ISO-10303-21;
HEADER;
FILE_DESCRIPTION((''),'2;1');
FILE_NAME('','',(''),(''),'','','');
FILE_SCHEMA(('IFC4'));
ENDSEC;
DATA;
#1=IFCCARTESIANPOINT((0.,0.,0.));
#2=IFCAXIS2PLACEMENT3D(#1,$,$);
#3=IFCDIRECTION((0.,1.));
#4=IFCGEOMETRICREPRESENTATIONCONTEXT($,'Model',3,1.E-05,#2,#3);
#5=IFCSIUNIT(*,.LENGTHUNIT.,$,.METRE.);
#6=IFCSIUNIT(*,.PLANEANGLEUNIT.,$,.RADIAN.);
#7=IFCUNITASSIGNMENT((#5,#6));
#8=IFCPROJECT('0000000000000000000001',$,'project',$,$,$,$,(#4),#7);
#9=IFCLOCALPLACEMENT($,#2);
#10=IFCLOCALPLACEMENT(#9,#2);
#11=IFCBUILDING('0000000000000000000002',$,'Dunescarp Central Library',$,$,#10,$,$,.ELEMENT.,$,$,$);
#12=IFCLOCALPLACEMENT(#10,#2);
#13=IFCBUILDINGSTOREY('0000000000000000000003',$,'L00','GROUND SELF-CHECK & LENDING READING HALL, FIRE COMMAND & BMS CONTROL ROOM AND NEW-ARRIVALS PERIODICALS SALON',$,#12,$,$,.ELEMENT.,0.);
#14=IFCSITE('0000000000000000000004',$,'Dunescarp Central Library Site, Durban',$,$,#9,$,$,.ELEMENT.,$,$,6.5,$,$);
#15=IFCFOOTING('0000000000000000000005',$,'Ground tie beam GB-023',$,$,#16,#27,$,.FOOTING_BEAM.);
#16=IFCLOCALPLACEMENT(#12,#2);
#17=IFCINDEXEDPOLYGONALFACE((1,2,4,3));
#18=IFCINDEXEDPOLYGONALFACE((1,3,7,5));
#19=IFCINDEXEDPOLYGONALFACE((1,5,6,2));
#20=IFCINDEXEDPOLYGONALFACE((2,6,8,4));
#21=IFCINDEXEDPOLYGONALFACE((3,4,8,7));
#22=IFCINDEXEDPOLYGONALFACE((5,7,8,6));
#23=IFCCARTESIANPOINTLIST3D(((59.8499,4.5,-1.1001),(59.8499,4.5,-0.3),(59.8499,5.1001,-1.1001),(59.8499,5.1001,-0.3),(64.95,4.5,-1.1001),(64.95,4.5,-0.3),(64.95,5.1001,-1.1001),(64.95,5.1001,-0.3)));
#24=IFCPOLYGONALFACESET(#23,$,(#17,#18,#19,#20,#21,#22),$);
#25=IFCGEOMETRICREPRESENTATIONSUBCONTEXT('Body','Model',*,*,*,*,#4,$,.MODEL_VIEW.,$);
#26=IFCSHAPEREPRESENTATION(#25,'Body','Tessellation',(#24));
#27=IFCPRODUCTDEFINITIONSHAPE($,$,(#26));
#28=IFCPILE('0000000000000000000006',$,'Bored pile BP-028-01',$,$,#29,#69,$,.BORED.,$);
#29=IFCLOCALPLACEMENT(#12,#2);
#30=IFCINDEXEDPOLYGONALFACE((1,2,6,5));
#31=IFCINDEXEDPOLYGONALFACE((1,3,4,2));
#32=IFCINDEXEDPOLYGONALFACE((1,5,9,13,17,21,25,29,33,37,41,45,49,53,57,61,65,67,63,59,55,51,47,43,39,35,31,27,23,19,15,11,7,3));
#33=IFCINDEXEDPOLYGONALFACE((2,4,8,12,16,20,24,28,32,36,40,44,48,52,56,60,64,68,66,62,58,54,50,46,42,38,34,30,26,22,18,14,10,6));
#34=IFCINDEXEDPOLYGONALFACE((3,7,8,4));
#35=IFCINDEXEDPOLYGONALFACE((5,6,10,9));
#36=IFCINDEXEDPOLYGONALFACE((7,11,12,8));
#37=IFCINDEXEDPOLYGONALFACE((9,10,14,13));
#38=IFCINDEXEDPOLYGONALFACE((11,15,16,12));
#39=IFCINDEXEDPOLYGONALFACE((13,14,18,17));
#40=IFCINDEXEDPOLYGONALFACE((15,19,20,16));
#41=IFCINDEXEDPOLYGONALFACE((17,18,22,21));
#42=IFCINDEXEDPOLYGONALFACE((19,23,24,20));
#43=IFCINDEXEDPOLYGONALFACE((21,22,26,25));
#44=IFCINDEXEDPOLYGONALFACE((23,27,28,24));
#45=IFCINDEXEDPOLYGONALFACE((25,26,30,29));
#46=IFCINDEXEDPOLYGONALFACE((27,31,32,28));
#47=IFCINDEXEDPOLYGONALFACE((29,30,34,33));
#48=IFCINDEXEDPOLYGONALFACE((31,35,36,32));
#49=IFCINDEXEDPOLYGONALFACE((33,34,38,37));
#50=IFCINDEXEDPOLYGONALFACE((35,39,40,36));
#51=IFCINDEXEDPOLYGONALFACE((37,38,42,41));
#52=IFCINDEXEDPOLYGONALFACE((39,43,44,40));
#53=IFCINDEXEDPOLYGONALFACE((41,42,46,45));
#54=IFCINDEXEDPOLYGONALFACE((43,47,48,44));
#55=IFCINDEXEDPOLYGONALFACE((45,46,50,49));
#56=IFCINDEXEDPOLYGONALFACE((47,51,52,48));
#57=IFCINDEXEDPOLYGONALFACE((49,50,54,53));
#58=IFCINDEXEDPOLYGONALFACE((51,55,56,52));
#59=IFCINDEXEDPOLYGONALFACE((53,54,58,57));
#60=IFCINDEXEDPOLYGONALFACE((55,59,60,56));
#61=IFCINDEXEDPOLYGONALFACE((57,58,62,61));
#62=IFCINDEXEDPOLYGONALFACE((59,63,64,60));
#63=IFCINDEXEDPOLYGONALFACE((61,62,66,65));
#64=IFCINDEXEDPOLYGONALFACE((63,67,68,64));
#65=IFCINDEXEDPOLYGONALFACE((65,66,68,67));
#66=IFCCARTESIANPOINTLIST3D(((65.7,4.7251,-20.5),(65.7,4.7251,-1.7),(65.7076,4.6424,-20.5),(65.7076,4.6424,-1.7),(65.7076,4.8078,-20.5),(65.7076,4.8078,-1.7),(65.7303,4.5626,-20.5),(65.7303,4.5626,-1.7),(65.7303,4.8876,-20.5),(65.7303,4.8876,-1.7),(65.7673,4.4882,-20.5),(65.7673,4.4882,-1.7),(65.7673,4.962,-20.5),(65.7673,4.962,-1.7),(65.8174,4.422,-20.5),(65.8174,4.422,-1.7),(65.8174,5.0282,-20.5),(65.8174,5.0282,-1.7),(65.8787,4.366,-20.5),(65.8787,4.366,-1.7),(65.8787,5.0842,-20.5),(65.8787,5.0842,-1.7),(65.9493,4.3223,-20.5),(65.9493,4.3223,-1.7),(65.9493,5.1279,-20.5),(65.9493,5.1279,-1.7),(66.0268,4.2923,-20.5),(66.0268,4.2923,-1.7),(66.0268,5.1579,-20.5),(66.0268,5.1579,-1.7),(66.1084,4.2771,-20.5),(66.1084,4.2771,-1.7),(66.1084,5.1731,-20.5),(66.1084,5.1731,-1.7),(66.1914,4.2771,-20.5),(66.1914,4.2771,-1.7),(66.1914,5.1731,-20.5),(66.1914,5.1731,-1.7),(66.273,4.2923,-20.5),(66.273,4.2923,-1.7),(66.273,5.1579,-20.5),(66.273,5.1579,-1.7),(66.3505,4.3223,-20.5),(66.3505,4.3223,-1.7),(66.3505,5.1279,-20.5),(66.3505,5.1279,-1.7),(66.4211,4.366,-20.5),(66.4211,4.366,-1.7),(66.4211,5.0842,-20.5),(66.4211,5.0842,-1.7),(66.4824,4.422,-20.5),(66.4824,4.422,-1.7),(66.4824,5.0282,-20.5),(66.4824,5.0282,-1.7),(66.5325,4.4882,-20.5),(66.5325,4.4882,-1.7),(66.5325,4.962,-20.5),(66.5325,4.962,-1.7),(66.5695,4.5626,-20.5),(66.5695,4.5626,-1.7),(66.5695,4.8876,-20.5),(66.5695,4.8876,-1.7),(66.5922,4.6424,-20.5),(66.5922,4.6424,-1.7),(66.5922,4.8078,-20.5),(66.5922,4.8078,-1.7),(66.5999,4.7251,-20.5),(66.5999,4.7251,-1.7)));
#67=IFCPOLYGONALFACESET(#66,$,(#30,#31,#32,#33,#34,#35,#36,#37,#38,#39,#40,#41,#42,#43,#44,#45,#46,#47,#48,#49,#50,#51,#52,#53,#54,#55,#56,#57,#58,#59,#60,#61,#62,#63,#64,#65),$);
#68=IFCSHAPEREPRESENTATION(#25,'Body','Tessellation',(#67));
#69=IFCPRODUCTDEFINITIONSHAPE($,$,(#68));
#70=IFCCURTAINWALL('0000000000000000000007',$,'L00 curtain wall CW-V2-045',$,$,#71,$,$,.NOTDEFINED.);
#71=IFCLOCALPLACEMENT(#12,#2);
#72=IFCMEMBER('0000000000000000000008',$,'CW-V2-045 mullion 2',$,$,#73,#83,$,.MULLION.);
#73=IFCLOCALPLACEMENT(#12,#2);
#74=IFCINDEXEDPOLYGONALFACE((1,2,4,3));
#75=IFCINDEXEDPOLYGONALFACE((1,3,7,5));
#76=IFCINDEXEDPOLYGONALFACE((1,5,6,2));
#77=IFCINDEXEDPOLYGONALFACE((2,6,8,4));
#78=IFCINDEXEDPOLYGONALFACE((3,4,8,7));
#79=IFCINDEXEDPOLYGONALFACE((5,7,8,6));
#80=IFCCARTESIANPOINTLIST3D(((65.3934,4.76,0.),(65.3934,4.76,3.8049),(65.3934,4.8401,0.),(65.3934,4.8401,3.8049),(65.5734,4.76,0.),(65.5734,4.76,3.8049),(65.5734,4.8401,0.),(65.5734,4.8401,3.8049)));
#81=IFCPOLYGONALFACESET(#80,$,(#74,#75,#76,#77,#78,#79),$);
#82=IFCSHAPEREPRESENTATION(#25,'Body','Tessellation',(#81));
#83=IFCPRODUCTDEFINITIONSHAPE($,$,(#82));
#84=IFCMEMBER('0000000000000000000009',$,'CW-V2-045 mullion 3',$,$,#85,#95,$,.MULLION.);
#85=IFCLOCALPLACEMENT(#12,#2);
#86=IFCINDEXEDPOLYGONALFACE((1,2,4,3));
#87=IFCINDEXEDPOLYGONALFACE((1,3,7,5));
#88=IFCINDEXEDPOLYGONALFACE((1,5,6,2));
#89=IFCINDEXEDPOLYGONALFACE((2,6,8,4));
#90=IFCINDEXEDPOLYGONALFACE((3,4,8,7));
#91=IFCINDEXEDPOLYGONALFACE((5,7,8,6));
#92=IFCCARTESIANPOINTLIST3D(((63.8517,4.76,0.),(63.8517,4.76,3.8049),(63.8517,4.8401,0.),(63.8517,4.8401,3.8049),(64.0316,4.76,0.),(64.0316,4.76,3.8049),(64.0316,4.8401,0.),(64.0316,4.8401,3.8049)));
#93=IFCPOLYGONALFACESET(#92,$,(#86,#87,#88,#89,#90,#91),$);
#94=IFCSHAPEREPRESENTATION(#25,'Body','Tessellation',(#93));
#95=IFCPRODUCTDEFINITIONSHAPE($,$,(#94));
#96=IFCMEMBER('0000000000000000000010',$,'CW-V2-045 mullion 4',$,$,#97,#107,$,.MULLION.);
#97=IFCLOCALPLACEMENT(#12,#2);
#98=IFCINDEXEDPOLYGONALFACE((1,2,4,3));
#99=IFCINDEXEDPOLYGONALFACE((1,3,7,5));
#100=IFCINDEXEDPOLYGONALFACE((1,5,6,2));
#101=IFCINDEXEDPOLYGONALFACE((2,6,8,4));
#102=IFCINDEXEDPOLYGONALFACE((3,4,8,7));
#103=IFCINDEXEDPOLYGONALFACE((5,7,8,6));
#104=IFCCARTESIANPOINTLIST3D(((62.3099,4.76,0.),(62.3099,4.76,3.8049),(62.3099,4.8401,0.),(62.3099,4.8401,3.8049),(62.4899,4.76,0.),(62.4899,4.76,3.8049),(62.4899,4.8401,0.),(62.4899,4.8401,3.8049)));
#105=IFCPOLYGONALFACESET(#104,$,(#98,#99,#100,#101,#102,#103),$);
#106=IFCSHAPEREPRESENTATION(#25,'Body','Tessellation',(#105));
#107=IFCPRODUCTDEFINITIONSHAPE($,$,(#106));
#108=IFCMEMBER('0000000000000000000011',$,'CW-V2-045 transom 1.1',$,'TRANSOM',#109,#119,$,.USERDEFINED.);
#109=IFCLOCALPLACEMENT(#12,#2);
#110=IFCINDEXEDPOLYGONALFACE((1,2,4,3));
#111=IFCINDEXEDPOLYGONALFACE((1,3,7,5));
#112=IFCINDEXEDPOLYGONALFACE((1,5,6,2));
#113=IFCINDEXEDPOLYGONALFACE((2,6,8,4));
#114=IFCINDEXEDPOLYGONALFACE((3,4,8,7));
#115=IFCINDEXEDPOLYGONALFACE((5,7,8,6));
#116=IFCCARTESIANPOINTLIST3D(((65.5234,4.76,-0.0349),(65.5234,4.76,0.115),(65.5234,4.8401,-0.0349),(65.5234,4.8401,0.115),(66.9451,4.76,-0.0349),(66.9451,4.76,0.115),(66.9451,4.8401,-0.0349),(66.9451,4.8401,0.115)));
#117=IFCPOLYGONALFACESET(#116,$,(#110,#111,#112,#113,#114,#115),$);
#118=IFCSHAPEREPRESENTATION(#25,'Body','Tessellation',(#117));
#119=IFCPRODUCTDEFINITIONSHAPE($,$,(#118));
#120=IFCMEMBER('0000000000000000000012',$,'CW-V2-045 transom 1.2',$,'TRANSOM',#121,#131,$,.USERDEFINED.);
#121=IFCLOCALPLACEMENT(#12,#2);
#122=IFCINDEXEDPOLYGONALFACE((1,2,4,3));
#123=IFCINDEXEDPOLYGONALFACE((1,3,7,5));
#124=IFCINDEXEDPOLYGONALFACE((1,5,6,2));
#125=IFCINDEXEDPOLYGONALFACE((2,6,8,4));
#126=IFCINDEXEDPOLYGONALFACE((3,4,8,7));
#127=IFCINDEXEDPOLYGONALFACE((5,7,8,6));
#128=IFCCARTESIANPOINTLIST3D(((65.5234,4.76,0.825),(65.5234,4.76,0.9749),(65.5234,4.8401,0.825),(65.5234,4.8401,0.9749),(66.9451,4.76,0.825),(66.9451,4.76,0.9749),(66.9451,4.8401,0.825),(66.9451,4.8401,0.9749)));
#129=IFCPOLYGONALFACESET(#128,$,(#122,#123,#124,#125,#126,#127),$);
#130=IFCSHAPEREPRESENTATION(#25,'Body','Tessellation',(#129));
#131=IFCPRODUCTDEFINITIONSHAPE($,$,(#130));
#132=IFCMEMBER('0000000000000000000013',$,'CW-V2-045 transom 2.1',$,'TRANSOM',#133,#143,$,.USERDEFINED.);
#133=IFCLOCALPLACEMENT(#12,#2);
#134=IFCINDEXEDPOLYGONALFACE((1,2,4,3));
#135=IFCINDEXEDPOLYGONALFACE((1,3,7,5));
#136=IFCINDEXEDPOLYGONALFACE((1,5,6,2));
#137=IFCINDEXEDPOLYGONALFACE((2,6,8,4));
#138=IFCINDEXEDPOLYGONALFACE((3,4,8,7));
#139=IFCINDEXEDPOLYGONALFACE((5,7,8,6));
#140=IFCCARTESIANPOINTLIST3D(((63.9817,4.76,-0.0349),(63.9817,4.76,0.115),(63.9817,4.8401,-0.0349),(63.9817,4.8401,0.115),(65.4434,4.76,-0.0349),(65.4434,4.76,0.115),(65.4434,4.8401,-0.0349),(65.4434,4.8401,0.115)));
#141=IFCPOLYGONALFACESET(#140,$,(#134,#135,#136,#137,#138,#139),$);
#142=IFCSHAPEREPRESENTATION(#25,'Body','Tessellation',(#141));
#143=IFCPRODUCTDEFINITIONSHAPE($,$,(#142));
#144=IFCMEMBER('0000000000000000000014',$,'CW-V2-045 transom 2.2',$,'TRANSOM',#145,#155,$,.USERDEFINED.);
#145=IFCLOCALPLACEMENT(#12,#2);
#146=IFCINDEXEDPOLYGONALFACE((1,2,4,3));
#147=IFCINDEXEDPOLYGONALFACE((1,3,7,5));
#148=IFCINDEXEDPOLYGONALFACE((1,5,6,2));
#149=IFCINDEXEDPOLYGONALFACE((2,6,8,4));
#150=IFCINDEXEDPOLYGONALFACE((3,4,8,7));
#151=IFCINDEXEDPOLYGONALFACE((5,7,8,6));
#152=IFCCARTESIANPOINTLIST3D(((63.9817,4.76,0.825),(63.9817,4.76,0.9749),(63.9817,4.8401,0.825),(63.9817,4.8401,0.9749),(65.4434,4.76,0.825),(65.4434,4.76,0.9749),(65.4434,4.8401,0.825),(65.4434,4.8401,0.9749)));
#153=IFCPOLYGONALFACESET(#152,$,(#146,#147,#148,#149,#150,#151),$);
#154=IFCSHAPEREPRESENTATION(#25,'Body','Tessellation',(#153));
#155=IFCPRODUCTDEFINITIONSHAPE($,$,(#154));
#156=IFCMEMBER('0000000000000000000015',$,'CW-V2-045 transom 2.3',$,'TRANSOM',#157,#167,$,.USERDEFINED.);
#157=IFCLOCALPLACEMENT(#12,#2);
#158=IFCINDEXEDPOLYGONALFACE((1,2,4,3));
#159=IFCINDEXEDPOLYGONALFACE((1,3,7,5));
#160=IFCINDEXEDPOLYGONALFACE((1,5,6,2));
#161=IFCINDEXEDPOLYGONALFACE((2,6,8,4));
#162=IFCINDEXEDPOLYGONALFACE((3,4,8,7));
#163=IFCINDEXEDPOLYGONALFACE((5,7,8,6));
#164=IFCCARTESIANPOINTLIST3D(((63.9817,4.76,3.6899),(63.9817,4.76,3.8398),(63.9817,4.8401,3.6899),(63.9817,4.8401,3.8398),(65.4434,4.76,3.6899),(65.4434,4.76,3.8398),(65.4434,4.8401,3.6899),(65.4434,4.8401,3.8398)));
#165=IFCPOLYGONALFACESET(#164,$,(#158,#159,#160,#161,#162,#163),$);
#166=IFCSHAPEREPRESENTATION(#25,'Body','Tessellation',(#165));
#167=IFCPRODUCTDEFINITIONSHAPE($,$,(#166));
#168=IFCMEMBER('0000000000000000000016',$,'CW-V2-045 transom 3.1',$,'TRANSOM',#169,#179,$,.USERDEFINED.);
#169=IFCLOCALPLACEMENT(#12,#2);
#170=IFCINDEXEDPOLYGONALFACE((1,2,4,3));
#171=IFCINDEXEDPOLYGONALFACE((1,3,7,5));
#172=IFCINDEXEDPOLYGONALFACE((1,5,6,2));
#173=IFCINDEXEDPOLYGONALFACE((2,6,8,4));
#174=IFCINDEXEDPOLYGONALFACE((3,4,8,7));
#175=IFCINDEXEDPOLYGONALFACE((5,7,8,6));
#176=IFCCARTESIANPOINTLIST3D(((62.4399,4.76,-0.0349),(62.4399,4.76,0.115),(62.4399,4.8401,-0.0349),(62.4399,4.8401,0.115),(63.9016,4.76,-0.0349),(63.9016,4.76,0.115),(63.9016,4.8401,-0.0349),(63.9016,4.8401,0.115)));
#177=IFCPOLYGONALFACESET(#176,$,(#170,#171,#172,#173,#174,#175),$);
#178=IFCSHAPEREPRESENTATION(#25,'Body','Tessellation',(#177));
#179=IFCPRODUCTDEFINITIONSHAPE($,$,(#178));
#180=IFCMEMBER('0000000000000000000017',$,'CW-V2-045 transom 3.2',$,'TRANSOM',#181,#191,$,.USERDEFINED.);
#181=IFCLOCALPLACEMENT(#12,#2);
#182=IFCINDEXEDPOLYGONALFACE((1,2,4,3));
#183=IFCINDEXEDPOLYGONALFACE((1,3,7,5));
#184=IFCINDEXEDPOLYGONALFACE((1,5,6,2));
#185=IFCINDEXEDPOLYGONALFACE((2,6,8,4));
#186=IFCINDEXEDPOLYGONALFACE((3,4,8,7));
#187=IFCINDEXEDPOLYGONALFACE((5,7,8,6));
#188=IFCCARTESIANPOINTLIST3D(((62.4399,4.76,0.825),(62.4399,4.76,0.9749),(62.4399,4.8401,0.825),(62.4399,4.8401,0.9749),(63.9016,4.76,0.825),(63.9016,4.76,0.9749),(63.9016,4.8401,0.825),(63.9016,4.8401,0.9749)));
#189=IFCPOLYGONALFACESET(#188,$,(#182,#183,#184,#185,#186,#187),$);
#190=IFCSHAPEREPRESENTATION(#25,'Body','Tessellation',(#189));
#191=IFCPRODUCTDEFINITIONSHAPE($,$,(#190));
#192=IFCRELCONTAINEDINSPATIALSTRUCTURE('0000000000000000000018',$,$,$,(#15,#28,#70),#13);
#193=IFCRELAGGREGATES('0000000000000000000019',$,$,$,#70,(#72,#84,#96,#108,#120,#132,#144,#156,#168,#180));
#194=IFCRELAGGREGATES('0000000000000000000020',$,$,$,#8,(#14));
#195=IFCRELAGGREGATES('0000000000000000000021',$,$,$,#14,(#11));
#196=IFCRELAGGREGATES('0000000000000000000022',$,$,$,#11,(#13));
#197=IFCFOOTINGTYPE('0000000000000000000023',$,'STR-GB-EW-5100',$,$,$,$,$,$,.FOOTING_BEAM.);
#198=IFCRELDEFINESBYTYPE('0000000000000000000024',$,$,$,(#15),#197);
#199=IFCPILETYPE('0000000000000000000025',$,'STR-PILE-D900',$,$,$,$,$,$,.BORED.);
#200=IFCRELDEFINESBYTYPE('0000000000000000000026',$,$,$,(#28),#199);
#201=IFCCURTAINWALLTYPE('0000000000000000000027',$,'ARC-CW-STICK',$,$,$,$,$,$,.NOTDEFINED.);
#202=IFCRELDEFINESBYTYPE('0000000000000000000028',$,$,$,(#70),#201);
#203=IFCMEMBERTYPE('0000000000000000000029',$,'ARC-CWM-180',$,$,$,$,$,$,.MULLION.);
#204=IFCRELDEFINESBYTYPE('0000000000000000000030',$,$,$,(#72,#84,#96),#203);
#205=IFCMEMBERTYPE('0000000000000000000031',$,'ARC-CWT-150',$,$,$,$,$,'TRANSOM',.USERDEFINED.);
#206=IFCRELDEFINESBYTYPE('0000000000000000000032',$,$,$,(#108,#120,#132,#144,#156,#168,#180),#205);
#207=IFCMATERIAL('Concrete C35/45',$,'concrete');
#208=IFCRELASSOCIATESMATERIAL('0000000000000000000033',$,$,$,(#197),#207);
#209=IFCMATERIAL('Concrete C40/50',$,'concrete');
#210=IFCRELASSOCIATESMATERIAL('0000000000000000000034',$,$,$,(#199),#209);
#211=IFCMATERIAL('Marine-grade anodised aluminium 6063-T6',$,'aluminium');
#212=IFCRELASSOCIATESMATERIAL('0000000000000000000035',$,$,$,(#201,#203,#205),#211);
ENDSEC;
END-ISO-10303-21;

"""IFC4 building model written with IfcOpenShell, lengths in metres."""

from ifc_helpers import new_model, si_unit, direction, frame, origin, origin_2d, place, context, subcontext, project, spatial, rectangle, circle, extrude, material, material_profile, profile_set, type_object, element, aggregate, save


model = new_model("IFC4")

# Units and contexts
model_context = context("Model", 3, precision=1e-05, world=origin(), true_north=direction((0.0, 1.0)))
body_context = subcontext(model_context, "Body", "Model", "MODEL_VIEW")
ifc_project = project(units=[si_unit("LENGTHUNIT", "METRE"), si_unit("PLANEANGLEUNIT", "RADIAN")], contexts=[model_context])

# Site, building, storey
site_placement = place(None, origin())
site = spatial("IfcSite", under=ifc_project, at=site_placement, Name="Dunescarp Central Library Site, Durban", CompositionType="ELEMENT", RefElevation=6.5)
building_placement = place(site_placement, origin())
building = spatial("IfcBuilding", under=site, at=building_placement, Name="Dunescarp Central Library", CompositionType="ELEMENT")
storey_placement = place(building_placement, origin())
storey = spatial("IfcBuildingStorey", under=building, at=storey_placement, Name="L00", Description="GROUND SELF-CHECK & LENDING READING HALL, FIRE COMMAND & BMS CONTROL ROOM AND NEW-ARRIVALS PERIODICALS SALON", CompositionType="ELEMENT", Elevation=0.0)

# Footing
ifc_material_1 = material(Name="Concrete C35/45", Category="concrete")
footing_type = type_object("IfcFootingType", Name="STR-GB-EW-5100", PredefinedType="FOOTING_BEAM", material=ifc_material_1)
footing_placement = place(storey_placement, frame((62.3999, 4.8, -1.1001), z_axis=(0.0, 0.0, 1.0), x_axis=(1.0, 0.0, 0.0)))
element("IfcFooting", 1, at=footing_placement, inside=storey, type_object=footing_type, Name="Ground tie beam GB-023", PredefinedType="FOOTING_BEAM", context=body_context, shape_type="SweptSolid", body=[
    extrude(rectangle(XDim=5.1001, YDim=0.6001, at=origin_2d()), origin(), (0.0, 0.0, 1.0), 0.8),
])

# Pile
ifc_material_2 = material(Name="Concrete C40/50", Category="concrete")
ifc_material_profile_1 = material_profile(ifc_material_2, circle(Radius=0.45, at=origin_2d()), Name="PILE D900")
ifc_profile_set_1 = profile_set([ifc_material_profile_1], Name="Concrete C40/50")
pile_type = type_object("IfcPileType", Name="STR-PILE-D900", PredefinedType="BORED", material=ifc_profile_set_1)
pile_placement = place(storey_placement, frame((66.1499, 4.7251, -1.7), z_axis=(0.0, 0.0, -1.0), x_axis=(1.0, 0.0, 0.0)))
element("IfcPile", 2, at=pile_placement, inside=storey, type_object=pile_type, Name="Bored pile BP-028-01", PredefinedType="BORED", context=body_context, shape_type="SweptSolid", body=[
    extrude(circle(Radius=0.45, at=origin_2d()), origin(), (0.0, 0.0, 1.0), 18.8),
])

# Curtain wall, members
ifc_material_3 = material(Name="Marine-grade anodised aluminium 6063-T6", Category="aluminium")
curtain_wall_type = type_object("IfcCurtainWallType", Name="ARC-CW-STICK", PredefinedType="NOTDEFINED", material=ifc_material_3)
curtain_wall_placement = place(storey_placement, origin())
curtain_wall = element("IfcCurtainWall", 3, at=curtain_wall_placement, inside=storey, type_object=curtain_wall_type, Name="L00 curtain wall CW-V2-045", PredefinedType="NOTDEFINED")
ifc_material_profile_2 = material_profile(ifc_material_3, rectangle(XDim=0.0801, YDim=0.1799, at=origin_2d()), Name="AL 80x180")
ifc_profile_set_2 = profile_set([ifc_material_profile_2], Name="Marine-grade anodised aluminium 6063-T6")
member_type_1 = type_object("IfcMemberType", Name="ARC-CWM-180", PredefinedType="MULLION", material=ifc_profile_set_2)
member_1_placement = place(storey_placement, frame((65.4834, 4.8, 0.0), z_axis=(0.0, 0.0, 1.0), x_axis=(0.0, -1.0, 0.0)))
member_1 = element("IfcMember", 4, at=member_1_placement, type_object=member_type_1, Name="CW-V2-045 mullion 2", PredefinedType="MULLION", context=body_context, shape_type="SweptSolid", body=[
    extrude(rectangle(XDim=0.0801, YDim=0.1799, at=origin_2d()), origin(), (0.0, 0.0, 1.0), 3.8049),
])
member_2_placement = place(storey_placement, frame((63.9417, 4.8, 0.0), z_axis=(0.0, 0.0, 1.0), x_axis=(0.0, -1.0, 0.0)))
member_2 = element("IfcMember", 5, at=member_2_placement, type_object=member_type_1, Name="CW-V2-045 mullion 3", PredefinedType="MULLION", context=body_context, shape_type="SweptSolid", body=[
    extrude(rectangle(XDim=0.0801, YDim=0.1799, at=origin_2d()), origin(), (0.0, 0.0, 1.0), 3.8049),
])
member_3_placement = place(storey_placement, frame((62.3999, 4.8, 0.0), z_axis=(0.0, 0.0, 1.0), x_axis=(0.0, -1.0, 0.0)))
member_3 = element("IfcMember", 6, at=member_3_placement, type_object=member_type_1, Name="CW-V2-045 mullion 4", PredefinedType="MULLION", context=body_context, shape_type="SweptSolid", body=[
    extrude(rectangle(XDim=0.0801, YDim=0.1799, at=origin_2d()), origin(), (0.0, 0.0, 1.0), 3.8049),
])
ifc_material_profile_3 = material_profile(ifc_material_3, rectangle(XDim=0.0801, YDim=0.1499, at=origin_2d()), Name="AL 80x150")
ifc_profile_set_3 = profile_set([ifc_material_profile_3], Name="Marine-grade anodised aluminium 6063-T6")
member_type_2 = type_object("IfcMemberType", Name="ARC-CWT-150", ElementType="TRANSOM", PredefinedType="USERDEFINED", material=ifc_profile_set_3)
member_4_placement = place(storey_placement, frame((66.9451, 4.8, 0.04), z_axis=(-1.0, 0.0, 0.0), x_axis=(0.0, -1.0, 0.0)))
member_4 = element("IfcMember", 7, at=member_4_placement, type_object=member_type_2, Name="CW-V2-045 transom 1.1", ObjectType="TRANSOM", PredefinedType="USERDEFINED", context=body_context, shape_type="SweptSolid", body=[
    extrude(rectangle(XDim=0.0801, YDim=0.1499, at=origin_2d()), origin(), (0.0, 0.0, 1.0), 1.4216),
])
member_5_placement = place(storey_placement, frame((66.9451, 4.8, 0.8999), z_axis=(-1.0, 0.0, 0.0), x_axis=(0.0, -1.0, 0.0)))
member_5 = element("IfcMember", 8, at=member_5_placement, type_object=member_type_2, Name="CW-V2-045 transom 1.2", ObjectType="TRANSOM", PredefinedType="USERDEFINED", context=body_context, shape_type="SweptSolid", body=[
    extrude(rectangle(XDim=0.0801, YDim=0.1499, at=origin_2d()), origin(), (0.0, 0.0, 1.0), 1.4216),
])
member_6_placement = place(storey_placement, frame((65.4434, 4.8, 0.04), z_axis=(-1.0, 0.0, 0.0), x_axis=(0.0, -1.0, 0.0)))
member_6 = element("IfcMember", 9, at=member_6_placement, type_object=member_type_2, Name="CW-V2-045 transom 2.1", ObjectType="TRANSOM", PredefinedType="USERDEFINED", context=body_context, shape_type="SweptSolid", body=[
    extrude(rectangle(XDim=0.0801, YDim=0.1499, at=origin_2d()), origin(), (0.0, 0.0, 1.0), 1.4617),
])
member_7_placement = place(storey_placement, frame((65.4434, 4.8, 0.8999), z_axis=(-1.0, 0.0, 0.0), x_axis=(0.0, -1.0, 0.0)))
member_7 = element("IfcMember", 10, at=member_7_placement, type_object=member_type_2, Name="CW-V2-045 transom 2.2", ObjectType="TRANSOM", PredefinedType="USERDEFINED", context=body_context, shape_type="SweptSolid", body=[
    extrude(rectangle(XDim=0.0801, YDim=0.1499, at=origin_2d()), origin(), (0.0, 0.0, 1.0), 1.4617),
])
member_8_placement = place(storey_placement, frame((65.4434, 4.8, 3.7649), z_axis=(-1.0, 0.0, 0.0), x_axis=(0.0, -1.0, 0.0)))
member_8 = element("IfcMember", 11, at=member_8_placement, type_object=member_type_2, Name="CW-V2-045 transom 2.3", ObjectType="TRANSOM", PredefinedType="USERDEFINED", context=body_context, shape_type="SweptSolid", body=[
    extrude(rectangle(XDim=0.0801, YDim=0.1499, at=origin_2d()), origin(), (0.0, 0.0, 1.0), 1.4617),
])
member_9_placement = place(storey_placement, frame((63.9016, 4.8, 0.04), z_axis=(-1.0, 0.0, 0.0), x_axis=(0.0, -1.0, 0.0)))
member_9 = element("IfcMember", 12, at=member_9_placement, type_object=member_type_2, Name="CW-V2-045 transom 3.1", ObjectType="TRANSOM", PredefinedType="USERDEFINED", context=body_context, shape_type="SweptSolid", body=[
    extrude(rectangle(XDim=0.0801, YDim=0.1499, at=origin_2d()), origin(), (0.0, 0.0, 1.0), 1.4617),
])
member_10_placement = place(storey_placement, frame((63.9016, 4.8, 0.8999), z_axis=(-1.0, 0.0, 0.0), x_axis=(0.0, -1.0, 0.0)))
member_10 = element("IfcMember", 13, at=member_10_placement, type_object=member_type_2, Name="CW-V2-045 transom 3.2", ObjectType="TRANSOM", PredefinedType="USERDEFINED", context=body_context, shape_type="SweptSolid", body=[
    extrude(rectangle(XDim=0.0801, YDim=0.1499, at=origin_2d()), origin(), (0.0, 0.0, 1.0), 1.4617),
])
aggregate(curtain_wall, [member_1, member_2, member_3, member_4, member_5, member_6, member_7, member_8, member_9, member_10])

save(model, "model.ifc")
